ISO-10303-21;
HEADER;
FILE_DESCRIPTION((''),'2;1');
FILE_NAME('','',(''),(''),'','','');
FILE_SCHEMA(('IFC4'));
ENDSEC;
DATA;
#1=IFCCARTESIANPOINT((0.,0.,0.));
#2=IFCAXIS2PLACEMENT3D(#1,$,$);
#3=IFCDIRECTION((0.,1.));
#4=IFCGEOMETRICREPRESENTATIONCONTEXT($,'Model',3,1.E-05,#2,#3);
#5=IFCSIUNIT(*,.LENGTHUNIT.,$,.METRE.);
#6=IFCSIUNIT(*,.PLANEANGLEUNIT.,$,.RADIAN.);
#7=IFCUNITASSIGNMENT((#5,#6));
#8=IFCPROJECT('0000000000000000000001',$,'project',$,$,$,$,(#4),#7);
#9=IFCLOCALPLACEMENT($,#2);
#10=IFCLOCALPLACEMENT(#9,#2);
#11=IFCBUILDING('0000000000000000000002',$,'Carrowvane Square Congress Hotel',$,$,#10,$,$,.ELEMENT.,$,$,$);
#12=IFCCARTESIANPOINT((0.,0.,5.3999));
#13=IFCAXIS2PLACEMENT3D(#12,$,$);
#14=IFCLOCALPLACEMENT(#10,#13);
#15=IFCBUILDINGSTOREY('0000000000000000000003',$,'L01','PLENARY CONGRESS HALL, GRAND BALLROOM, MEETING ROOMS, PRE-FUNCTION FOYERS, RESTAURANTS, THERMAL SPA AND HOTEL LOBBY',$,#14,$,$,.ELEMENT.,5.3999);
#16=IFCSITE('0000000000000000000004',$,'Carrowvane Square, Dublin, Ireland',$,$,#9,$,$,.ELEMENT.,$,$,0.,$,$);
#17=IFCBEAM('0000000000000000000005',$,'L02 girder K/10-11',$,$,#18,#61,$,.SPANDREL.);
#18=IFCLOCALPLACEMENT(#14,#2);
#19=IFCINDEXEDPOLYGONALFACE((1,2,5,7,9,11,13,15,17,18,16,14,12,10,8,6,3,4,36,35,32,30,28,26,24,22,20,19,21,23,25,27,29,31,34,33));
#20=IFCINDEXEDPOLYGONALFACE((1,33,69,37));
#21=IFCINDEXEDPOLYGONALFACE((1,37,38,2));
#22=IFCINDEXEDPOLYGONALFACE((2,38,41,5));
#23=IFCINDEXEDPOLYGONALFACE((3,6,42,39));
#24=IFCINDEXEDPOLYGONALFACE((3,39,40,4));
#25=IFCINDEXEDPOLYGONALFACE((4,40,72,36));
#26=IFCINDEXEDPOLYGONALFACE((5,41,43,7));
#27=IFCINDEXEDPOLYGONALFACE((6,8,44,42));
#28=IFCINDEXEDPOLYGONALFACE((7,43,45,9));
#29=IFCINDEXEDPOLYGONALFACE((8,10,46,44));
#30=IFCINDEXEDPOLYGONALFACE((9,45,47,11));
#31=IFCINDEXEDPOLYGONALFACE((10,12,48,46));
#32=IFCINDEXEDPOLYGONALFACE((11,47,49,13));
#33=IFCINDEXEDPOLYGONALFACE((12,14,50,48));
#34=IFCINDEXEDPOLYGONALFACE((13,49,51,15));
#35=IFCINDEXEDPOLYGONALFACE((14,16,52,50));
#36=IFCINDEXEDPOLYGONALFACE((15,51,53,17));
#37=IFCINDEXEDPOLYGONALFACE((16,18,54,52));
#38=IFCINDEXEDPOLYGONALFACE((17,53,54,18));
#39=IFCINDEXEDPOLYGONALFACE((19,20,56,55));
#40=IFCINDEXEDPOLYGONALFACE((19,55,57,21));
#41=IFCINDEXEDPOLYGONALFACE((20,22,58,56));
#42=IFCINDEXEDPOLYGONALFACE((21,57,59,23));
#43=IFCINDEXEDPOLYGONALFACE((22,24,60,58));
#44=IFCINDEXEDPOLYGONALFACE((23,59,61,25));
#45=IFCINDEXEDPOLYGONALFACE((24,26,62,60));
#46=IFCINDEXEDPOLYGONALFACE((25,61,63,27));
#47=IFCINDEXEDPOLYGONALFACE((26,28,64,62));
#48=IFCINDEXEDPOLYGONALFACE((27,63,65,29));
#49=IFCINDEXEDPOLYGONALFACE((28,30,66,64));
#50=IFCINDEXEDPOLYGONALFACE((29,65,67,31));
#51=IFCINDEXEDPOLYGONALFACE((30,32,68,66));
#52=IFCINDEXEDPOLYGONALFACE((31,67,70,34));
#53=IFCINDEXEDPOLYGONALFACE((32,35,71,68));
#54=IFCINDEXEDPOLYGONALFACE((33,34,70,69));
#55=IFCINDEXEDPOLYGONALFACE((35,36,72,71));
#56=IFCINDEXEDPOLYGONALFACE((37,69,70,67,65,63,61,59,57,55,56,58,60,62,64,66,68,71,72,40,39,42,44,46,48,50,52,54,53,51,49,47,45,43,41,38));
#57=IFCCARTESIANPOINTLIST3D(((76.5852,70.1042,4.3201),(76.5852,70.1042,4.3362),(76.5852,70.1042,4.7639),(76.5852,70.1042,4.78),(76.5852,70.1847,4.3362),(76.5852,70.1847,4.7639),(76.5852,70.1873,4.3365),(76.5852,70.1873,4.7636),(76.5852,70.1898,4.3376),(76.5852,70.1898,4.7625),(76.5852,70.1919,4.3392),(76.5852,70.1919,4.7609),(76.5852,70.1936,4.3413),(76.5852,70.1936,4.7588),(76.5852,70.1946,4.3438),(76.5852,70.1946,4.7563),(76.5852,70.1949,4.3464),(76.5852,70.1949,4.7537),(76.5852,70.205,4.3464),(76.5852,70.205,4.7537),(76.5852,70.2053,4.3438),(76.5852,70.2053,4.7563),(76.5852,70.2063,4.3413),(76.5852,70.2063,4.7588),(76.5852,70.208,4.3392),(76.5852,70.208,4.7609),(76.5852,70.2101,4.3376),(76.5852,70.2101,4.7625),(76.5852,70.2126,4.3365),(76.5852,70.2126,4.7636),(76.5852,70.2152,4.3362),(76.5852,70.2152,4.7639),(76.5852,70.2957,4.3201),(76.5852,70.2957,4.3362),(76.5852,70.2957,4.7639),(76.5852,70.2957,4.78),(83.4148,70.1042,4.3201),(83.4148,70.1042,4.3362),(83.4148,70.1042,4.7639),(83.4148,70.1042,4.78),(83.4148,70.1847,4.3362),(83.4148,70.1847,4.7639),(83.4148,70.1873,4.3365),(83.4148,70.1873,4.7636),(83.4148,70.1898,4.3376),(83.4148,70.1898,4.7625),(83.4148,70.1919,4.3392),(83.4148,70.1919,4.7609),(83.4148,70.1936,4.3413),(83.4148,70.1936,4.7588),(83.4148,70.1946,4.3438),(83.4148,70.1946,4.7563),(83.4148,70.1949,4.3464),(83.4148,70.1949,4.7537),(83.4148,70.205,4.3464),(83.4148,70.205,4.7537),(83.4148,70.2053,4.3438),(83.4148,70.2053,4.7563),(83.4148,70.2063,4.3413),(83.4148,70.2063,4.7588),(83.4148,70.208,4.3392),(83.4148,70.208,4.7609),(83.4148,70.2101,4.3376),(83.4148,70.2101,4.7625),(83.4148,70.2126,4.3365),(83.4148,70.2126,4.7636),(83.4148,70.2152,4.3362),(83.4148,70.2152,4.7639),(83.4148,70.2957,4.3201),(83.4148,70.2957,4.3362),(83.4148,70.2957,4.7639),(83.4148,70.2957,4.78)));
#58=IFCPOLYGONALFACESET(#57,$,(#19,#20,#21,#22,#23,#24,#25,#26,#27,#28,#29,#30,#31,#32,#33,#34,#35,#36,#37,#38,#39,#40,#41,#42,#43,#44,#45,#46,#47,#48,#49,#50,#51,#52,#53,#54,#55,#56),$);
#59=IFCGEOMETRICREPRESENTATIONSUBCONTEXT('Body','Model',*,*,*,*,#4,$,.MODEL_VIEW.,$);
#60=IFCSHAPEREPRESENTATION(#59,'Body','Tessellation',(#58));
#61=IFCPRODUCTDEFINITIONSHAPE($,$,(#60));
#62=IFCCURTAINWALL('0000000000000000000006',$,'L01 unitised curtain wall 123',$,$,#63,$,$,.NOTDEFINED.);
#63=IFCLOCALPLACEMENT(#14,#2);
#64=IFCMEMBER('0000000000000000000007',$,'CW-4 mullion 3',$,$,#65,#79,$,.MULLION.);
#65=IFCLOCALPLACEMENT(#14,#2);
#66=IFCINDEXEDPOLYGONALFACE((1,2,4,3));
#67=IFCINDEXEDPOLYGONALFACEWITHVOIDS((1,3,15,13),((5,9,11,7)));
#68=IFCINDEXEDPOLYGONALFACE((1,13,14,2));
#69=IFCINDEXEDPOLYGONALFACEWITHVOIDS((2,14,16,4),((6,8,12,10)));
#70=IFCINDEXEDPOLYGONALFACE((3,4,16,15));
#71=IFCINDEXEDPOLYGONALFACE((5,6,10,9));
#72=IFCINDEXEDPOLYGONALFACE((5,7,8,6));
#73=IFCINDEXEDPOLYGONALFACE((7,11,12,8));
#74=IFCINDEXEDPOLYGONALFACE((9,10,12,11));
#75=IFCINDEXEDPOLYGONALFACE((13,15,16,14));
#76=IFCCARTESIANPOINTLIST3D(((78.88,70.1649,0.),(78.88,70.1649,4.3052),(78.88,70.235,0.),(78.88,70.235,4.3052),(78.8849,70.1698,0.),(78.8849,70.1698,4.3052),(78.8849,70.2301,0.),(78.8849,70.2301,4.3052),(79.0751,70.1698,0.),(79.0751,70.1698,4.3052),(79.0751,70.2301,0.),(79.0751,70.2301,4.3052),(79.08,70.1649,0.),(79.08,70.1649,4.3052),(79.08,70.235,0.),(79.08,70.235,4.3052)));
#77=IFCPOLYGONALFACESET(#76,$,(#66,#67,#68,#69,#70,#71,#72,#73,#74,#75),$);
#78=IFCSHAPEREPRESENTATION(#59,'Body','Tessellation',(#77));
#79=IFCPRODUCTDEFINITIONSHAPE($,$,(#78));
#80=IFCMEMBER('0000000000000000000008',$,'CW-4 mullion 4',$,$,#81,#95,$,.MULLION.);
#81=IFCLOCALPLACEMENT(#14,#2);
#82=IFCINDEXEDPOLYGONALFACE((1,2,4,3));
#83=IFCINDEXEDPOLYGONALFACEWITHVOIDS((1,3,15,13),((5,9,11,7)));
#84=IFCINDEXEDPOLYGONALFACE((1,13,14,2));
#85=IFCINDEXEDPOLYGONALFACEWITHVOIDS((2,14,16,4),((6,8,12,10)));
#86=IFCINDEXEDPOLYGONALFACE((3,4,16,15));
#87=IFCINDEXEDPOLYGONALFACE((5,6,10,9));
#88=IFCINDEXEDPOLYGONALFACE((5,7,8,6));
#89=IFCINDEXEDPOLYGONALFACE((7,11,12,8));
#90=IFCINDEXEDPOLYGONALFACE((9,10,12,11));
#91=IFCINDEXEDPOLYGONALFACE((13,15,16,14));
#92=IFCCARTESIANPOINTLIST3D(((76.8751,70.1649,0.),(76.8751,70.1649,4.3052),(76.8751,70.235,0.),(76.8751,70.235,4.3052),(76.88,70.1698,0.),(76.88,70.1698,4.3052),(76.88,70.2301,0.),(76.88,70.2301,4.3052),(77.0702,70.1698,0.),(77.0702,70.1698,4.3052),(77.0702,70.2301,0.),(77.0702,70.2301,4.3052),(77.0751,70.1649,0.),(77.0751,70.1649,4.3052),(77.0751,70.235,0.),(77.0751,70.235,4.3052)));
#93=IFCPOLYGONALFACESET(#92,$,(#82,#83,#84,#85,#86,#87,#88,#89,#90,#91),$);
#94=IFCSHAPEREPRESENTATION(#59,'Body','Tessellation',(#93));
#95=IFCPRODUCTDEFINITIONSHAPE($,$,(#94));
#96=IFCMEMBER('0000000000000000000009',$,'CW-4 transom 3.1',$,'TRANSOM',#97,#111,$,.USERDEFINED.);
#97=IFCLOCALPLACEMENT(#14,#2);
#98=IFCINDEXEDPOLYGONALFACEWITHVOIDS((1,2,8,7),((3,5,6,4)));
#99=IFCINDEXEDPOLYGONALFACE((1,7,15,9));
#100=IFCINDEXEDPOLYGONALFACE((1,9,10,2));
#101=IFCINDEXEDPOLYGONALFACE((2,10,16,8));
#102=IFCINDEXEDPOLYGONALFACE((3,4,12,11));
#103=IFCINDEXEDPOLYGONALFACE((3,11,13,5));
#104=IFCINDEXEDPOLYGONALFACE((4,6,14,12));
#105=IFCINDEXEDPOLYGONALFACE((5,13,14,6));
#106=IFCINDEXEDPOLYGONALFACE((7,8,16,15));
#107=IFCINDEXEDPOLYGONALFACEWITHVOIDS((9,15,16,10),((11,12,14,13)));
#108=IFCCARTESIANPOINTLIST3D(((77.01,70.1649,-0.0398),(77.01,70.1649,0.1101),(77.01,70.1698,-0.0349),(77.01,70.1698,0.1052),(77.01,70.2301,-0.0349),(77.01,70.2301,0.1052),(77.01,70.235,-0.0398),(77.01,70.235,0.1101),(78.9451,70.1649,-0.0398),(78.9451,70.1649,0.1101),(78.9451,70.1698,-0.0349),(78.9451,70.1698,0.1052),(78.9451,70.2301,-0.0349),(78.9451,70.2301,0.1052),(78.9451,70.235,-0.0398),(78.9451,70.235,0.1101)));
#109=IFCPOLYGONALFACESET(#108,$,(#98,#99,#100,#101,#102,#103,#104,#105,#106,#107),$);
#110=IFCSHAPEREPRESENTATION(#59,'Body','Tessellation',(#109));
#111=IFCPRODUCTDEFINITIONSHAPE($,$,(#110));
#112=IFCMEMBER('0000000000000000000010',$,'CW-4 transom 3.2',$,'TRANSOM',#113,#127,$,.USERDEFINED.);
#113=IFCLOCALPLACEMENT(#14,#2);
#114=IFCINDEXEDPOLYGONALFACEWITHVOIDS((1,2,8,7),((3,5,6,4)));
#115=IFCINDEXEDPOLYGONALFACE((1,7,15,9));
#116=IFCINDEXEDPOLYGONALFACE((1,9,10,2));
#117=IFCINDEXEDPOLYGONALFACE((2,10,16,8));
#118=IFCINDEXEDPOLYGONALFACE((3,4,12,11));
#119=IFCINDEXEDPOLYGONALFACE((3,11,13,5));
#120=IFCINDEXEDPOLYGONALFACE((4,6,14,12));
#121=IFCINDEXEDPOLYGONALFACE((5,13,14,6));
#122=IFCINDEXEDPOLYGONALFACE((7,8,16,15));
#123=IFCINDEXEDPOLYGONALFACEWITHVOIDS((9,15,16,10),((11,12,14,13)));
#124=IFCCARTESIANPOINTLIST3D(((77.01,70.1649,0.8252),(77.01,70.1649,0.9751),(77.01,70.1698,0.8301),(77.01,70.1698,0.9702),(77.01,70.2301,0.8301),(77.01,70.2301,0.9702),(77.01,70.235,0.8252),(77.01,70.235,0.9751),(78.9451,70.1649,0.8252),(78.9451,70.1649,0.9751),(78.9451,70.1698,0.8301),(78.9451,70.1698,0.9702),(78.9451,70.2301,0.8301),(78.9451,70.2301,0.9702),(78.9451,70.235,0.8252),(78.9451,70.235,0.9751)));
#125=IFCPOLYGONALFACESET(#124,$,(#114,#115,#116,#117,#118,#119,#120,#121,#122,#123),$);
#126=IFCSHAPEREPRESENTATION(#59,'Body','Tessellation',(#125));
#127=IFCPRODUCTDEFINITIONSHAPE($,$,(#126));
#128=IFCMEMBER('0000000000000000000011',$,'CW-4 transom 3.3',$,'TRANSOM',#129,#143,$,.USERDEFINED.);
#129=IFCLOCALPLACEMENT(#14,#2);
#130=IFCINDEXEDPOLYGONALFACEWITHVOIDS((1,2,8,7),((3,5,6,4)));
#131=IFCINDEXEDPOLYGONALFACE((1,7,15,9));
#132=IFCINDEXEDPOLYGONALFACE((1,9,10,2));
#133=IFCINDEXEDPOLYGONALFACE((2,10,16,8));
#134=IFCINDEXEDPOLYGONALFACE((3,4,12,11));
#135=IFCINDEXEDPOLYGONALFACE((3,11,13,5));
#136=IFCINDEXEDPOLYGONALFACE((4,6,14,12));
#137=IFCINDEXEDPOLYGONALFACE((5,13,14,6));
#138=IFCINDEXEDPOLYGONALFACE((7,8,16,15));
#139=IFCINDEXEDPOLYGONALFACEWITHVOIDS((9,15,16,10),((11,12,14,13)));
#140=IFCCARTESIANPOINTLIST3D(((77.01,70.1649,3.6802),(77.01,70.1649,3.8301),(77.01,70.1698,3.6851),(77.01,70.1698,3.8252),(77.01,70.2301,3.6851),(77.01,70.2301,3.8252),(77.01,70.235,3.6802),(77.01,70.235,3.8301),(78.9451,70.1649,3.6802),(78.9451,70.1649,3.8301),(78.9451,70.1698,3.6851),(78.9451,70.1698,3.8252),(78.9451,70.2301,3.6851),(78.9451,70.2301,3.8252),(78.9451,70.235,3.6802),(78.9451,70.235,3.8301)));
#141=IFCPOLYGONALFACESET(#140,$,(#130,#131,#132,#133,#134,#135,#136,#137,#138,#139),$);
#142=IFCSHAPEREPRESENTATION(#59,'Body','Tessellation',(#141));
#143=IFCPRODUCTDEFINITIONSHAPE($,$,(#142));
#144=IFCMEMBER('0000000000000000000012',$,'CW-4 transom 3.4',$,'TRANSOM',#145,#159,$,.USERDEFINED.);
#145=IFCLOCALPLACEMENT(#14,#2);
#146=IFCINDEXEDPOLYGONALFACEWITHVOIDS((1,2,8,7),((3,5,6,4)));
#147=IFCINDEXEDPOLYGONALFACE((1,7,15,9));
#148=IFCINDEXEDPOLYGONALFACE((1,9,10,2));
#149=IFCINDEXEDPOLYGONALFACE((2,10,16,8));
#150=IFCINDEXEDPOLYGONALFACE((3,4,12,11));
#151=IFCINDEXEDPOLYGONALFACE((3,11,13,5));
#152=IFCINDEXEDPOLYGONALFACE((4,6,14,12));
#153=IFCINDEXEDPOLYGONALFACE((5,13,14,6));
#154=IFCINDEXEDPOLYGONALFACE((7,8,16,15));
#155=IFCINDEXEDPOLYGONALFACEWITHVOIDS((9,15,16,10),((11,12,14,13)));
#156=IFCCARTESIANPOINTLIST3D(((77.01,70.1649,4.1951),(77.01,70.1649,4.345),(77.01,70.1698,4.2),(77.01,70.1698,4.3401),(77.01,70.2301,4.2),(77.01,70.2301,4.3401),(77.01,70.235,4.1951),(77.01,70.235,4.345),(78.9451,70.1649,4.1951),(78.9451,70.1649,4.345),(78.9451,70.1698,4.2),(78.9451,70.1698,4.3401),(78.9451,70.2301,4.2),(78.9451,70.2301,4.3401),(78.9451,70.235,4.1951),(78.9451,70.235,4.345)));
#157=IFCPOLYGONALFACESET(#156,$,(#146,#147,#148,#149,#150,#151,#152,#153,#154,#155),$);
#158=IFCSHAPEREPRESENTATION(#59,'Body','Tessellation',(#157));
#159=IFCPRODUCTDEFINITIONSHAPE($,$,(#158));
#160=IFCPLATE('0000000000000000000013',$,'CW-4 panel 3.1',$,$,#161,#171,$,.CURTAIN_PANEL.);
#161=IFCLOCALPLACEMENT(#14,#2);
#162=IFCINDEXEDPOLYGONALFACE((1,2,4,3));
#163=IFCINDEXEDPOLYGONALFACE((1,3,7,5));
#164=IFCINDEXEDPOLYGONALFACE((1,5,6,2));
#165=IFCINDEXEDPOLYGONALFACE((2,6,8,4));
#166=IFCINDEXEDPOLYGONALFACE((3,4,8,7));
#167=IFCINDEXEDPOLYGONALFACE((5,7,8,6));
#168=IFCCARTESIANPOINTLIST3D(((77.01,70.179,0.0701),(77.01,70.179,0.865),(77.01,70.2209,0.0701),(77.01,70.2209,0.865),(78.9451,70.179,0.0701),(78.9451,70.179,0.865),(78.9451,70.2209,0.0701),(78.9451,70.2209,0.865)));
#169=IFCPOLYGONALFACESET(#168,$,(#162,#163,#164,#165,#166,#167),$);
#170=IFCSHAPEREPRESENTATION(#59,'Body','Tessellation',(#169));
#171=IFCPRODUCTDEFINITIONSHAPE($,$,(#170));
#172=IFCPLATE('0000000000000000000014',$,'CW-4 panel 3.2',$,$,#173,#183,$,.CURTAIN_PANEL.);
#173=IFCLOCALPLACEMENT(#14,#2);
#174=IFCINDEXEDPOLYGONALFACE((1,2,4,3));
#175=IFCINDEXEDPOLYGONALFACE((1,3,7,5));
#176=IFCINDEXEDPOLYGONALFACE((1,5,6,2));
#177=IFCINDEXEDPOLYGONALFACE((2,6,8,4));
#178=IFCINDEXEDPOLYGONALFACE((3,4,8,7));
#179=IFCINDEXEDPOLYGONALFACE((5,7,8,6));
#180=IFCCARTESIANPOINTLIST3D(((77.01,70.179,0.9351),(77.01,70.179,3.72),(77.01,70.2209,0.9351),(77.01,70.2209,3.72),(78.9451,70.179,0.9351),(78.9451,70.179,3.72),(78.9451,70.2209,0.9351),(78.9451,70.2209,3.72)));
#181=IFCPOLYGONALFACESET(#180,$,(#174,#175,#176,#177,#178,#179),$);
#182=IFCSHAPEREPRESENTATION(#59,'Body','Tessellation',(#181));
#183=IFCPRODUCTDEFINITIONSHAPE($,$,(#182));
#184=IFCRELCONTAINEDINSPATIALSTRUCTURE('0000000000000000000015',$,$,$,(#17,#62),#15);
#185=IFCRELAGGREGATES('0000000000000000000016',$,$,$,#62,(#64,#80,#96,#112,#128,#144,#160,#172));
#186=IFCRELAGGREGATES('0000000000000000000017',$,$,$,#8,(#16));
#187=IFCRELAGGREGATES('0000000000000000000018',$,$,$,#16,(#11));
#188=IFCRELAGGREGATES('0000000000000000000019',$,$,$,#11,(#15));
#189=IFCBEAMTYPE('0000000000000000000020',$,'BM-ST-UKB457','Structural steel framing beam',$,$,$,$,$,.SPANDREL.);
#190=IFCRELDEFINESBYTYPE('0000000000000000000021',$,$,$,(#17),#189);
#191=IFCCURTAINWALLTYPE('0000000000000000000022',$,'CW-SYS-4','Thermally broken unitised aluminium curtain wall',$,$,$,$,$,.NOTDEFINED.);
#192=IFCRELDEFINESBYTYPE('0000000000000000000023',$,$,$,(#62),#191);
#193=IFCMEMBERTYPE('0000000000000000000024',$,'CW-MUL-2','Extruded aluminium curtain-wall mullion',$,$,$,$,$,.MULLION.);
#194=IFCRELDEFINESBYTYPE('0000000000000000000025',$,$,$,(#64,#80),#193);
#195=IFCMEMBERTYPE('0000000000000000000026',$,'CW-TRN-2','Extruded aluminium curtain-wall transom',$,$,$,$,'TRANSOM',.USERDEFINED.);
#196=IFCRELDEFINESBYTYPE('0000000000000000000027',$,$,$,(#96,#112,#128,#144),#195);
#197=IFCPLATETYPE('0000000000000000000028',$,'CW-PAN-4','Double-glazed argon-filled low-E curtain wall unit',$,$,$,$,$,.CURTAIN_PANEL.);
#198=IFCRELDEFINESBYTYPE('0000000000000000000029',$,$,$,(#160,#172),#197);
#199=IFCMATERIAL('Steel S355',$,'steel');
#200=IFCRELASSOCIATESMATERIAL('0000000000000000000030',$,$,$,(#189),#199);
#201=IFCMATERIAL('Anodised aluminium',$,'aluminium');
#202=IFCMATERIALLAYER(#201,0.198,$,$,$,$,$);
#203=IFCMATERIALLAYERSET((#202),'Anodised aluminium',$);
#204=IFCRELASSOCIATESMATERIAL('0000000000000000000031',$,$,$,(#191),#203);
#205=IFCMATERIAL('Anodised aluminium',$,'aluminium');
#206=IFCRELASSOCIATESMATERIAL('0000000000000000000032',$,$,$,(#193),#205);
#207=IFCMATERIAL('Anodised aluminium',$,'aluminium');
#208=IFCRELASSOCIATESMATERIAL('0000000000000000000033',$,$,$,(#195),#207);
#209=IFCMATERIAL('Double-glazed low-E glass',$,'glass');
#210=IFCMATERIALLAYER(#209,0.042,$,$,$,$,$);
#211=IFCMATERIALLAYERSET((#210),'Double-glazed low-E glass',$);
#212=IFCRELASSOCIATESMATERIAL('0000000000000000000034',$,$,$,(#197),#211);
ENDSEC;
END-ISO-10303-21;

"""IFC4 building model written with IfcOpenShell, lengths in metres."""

from ifc_helpers import new_model, si_unit, direction, frame, origin, origin_2d, place, context, subcontext, project, spatial, rectangle, hollow_rectangle, i_section, extrude, material, layer, layer_set, material_profile, profile_set, type_object, element, aggregate, save


model = new_model("IFC4")

# Units and contexts
model_context = context("Model", 3, precision=1e-05, world=origin(), true_north=direction((0.0, 1.0)))
body_context = subcontext(model_context, "Body", "Model", "MODEL_VIEW")
ifc_project = project(units=[si_unit("LENGTHUNIT", "METRE"), si_unit("PLANEANGLEUNIT", "RADIAN")], contexts=[model_context])

# Site, building, storey
site_placement = place(None, origin())
site = spatial("IfcSite", under=ifc_project, at=site_placement, Name="Carrowvane Square, Dublin, Ireland", CompositionType="ELEMENT", RefElevation=0.0)
building_placement = place(site_placement, origin())
building = spatial("IfcBuilding", under=site, at=building_placement, Name="Carrowvane Square Congress Hotel", CompositionType="ELEMENT")
storey_placement = place(building_placement, frame((0.0, 0.0, 5.3999)))
storey = spatial("IfcBuildingStorey", under=building, at=storey_placement, Name="L01", Description="PLENARY CONGRESS HALL, GRAND BALLROOM, MEETING ROOMS, PRE-FUNCTION FOYERS, RESTAURANTS, THERMAL SPA AND HOTEL LOBBY", CompositionType="ELEMENT", Elevation=5.3999)

# Beam
ifc_material_1 = material(Name="Steel S355", Category="steel")
ifc_material_profile_1 = material_profile(ifc_material_1, i_section(OverallWidth=0.1914, OverallDepth=0.46, WebThickness=0.01, FlangeThickness=0.0161, FilletRadius=0.0103, at=origin_2d()), Name="UKB 457x191x82")
ifc_profile_set_1 = profile_set([ifc_material_profile_1], Name="Steel S355")
beam_type_1 = type_object("IfcBeamType", Name="BM-ST-UKB457", Description="Structural steel framing beam", PredefinedType="SPANDREL", material=ifc_profile_set_1)
beam_1_placement = place(storey_placement, frame((76.5852, 70.2, 4.55), z_axis=(1.0, 0.0, 0.0), x_axis=(0.0, 1.0, 0.0)))
element("IfcBeam", 1, at=beam_1_placement, inside=storey, type_object=beam_type_1, Name="L02 girder K/10-11", PredefinedType="SPANDREL", context=body_context, shape_type="SweptSolid", body=[
    extrude(i_section(OverallWidth=0.1914, OverallDepth=0.46, WebThickness=0.01, FlangeThickness=0.0161, FilletRadius=0.0103, at=origin_2d()), origin(), (0.0, 0.0, 1.0), 6.8296),
])

# Curtain wall, members, plates
ifc_material_2 = material(Name="Anodised aluminium", Category="aluminium")
ifc_layer_1 = layer(ifc_material_2, 0.198)
ifc_layer_set_1 = layer_set([ifc_layer_1], Name="Anodised aluminium")
curtain_wall_type = type_object("IfcCurtainWallType", Name="CW-SYS-4", Description="Thermally broken unitised aluminium curtain wall", PredefinedType="NOTDEFINED", material=ifc_layer_set_1)
curtain_wall_placement = place(storey_placement, origin())
curtain_wall = element("IfcCurtainWall", 2, at=curtain_wall_placement, inside=storey, type_object=curtain_wall_type, Name="L01 unitised curtain wall 123", PredefinedType="NOTDEFINED")
ifc_material_3 = material(Name="Anodised aluminium", Category="aluminium")
ifc_material_profile_2 = material_profile(ifc_material_3, hollow_rectangle(XDim=0.0701, YDim=0.2, WallThickness=0.0049, at=origin_2d()), Name="CW-ML 70x200x5")
ifc_profile_set_2 = profile_set([ifc_material_profile_2], Name="Anodised aluminium")
member_type_1 = type_object("IfcMemberType", Name="CW-MUL-2", Description="Extruded aluminium curtain-wall mullion", PredefinedType="MULLION", material=ifc_profile_set_2)
member_1_placement = place(storey_placement, frame((78.98, 70.2, 0.0), z_axis=(0.0, 0.0, 1.0), x_axis=(0.0, -1.0, 0.0)))
member_1 = element("IfcMember", 3, at=member_1_placement, type_object=member_type_1, Name="CW-4 mullion 3", PredefinedType="MULLION", context=body_context, shape_type="SweptSolid", body=[
    extrude(hollow_rectangle(XDim=0.0701, YDim=0.2, WallThickness=0.0049, at=origin_2d()), origin(), (0.0, 0.0, 1.0), 4.3052),
])
member_2_placement = place(storey_placement, frame((76.9751, 70.2, 0.0), z_axis=(0.0, 0.0, 1.0), x_axis=(0.0, -1.0, 0.0)))
member_2 = element("IfcMember", 4, at=member_2_placement, type_object=member_type_1, Name="CW-4 mullion 4", PredefinedType="MULLION", context=body_context, shape_type="SweptSolid", body=[
    extrude(hollow_rectangle(XDim=0.0701, YDim=0.2, WallThickness=0.0049, at=origin_2d()), origin(), (0.0, 0.0, 1.0), 4.3052),
])
ifc_material_4 = material(Name="Anodised aluminium", Category="aluminium")
ifc_material_profile_3 = material_profile(ifc_material_4, hollow_rectangle(XDim=0.0701, YDim=0.1499, WallThickness=0.0049, at=origin_2d()), Name="CW-TR 70x150x5")
ifc_profile_set_3 = profile_set([ifc_material_profile_3], Name="Anodised aluminium")
member_type_2 = type_object("IfcMemberType", Name="CW-TRN-2", Description="Extruded aluminium curtain-wall transom", ElementType="TRANSOM", PredefinedType="USERDEFINED", material=ifc_profile_set_3)
member_3_placement = place(storey_placement, frame((78.9451, 70.2, 0.0352), z_axis=(-1.0, 0.0, 0.0), x_axis=(0.0, -1.0, 0.0)))
member_3 = element("IfcMember", 5, at=member_3_placement, type_object=member_type_2, Name="CW-4 transom 3.1", ObjectType="TRANSOM", PredefinedType="USERDEFINED", context=body_context, shape_type="SweptSolid", body=[
    extrude(hollow_rectangle(XDim=0.0701, YDim=0.1499, WallThickness=0.0049, at=origin_2d()), origin(), (0.0, 0.0, 1.0), 1.9351),
])
member_4_placement = place(storey_placement, frame((78.9451, 70.2, 0.9001), z_axis=(-1.0, 0.0, 0.0), x_axis=(0.0, -1.0, 0.0)))
member_4 = element("IfcMember", 6, at=member_4_placement, type_object=member_type_2, Name="CW-4 transom 3.2", ObjectType="TRANSOM", PredefinedType="USERDEFINED", context=body_context, shape_type="SweptSolid", body=[
    extrude(hollow_rectangle(XDim=0.0701, YDim=0.1499, WallThickness=0.0049, at=origin_2d()), origin(), (0.0, 0.0, 1.0), 1.9351),
])
member_5_placement = place(storey_placement, frame((78.9451, 70.2, 3.7551), z_axis=(-1.0, 0.0, 0.0), x_axis=(0.0, -1.0, 0.0)))
member_5 = element("IfcMember", 7, at=member_5_placement, type_object=member_type_2, Name="CW-4 transom 3.3", ObjectType="TRANSOM", PredefinedType="USERDEFINED", context=body_context, shape_type="SweptSolid", body=[
    extrude(hollow_rectangle(XDim=0.0701, YDim=0.1499, WallThickness=0.0049, at=origin_2d()), origin(), (0.0, 0.0, 1.0), 1.9351),
])
member_6_placement = place(storey_placement, frame((78.9451, 70.2, 4.27), z_axis=(-1.0, 0.0, 0.0), x_axis=(0.0, -1.0, 0.0)))
member_6 = element("IfcMember", 8, at=member_6_placement, type_object=member_type_2, Name="CW-4 transom 3.4", ObjectType="TRANSOM", PredefinedType="USERDEFINED", context=body_context, shape_type="SweptSolid", body=[
    extrude(hollow_rectangle(XDim=0.0701, YDim=0.1499, WallThickness=0.0049, at=origin_2d()), origin(), (0.0, 0.0, 1.0), 1.9351),
])
ifc_material_5 = material(Name="Double-glazed low-E glass", Category="glass")
ifc_layer_2 = layer(ifc_material_5, 0.042)
ifc_layer_set_2 = layer_set([ifc_layer_2], Name="Double-glazed low-E glass")
plate_type = type_object("IfcPlateType", Name="CW-PAN-4", Description="Double-glazed argon-filled low-E curtain wall unit", PredefinedType="CURTAIN_PANEL", material=ifc_layer_set_2)
plate_1_placement = place(storey_placement, frame((77.9775, 70.2, 0.0701), z_axis=(0.0, 0.0, 1.0), x_axis=(-1.0, 0.0, 0.0)))
plate_1 = element("IfcPlate", 9, at=plate_1_placement, type_object=plate_type, Name="CW-4 panel 3.1", PredefinedType="CURTAIN_PANEL", context=body_context, shape_type="SweptSolid", body=[
    extrude(rectangle(XDim=1.9351, YDim=0.042, at=origin_2d()), origin(), (0.0, 0.0, 1.0), 0.7949),
])
plate_2_placement = place(storey_placement, frame((77.9775, 70.2, 0.9351), z_axis=(0.0, 0.0, 1.0), x_axis=(-1.0, 0.0, 0.0)))
plate_2 = element("IfcPlate", 10, at=plate_2_placement, type_object=plate_type, Name="CW-4 panel 3.2", PredefinedType="CURTAIN_PANEL", context=body_context, shape_type="SweptSolid", body=[
    extrude(rectangle(XDim=1.9351, YDim=0.042, at=origin_2d()), origin(), (0.0, 0.0, 1.0), 2.7849),
])
aggregate(curtain_wall, [member_1, member_2, member_3, member_4, member_5, member_6, plate_1, plate_2])

save(model, "model.ifc")
